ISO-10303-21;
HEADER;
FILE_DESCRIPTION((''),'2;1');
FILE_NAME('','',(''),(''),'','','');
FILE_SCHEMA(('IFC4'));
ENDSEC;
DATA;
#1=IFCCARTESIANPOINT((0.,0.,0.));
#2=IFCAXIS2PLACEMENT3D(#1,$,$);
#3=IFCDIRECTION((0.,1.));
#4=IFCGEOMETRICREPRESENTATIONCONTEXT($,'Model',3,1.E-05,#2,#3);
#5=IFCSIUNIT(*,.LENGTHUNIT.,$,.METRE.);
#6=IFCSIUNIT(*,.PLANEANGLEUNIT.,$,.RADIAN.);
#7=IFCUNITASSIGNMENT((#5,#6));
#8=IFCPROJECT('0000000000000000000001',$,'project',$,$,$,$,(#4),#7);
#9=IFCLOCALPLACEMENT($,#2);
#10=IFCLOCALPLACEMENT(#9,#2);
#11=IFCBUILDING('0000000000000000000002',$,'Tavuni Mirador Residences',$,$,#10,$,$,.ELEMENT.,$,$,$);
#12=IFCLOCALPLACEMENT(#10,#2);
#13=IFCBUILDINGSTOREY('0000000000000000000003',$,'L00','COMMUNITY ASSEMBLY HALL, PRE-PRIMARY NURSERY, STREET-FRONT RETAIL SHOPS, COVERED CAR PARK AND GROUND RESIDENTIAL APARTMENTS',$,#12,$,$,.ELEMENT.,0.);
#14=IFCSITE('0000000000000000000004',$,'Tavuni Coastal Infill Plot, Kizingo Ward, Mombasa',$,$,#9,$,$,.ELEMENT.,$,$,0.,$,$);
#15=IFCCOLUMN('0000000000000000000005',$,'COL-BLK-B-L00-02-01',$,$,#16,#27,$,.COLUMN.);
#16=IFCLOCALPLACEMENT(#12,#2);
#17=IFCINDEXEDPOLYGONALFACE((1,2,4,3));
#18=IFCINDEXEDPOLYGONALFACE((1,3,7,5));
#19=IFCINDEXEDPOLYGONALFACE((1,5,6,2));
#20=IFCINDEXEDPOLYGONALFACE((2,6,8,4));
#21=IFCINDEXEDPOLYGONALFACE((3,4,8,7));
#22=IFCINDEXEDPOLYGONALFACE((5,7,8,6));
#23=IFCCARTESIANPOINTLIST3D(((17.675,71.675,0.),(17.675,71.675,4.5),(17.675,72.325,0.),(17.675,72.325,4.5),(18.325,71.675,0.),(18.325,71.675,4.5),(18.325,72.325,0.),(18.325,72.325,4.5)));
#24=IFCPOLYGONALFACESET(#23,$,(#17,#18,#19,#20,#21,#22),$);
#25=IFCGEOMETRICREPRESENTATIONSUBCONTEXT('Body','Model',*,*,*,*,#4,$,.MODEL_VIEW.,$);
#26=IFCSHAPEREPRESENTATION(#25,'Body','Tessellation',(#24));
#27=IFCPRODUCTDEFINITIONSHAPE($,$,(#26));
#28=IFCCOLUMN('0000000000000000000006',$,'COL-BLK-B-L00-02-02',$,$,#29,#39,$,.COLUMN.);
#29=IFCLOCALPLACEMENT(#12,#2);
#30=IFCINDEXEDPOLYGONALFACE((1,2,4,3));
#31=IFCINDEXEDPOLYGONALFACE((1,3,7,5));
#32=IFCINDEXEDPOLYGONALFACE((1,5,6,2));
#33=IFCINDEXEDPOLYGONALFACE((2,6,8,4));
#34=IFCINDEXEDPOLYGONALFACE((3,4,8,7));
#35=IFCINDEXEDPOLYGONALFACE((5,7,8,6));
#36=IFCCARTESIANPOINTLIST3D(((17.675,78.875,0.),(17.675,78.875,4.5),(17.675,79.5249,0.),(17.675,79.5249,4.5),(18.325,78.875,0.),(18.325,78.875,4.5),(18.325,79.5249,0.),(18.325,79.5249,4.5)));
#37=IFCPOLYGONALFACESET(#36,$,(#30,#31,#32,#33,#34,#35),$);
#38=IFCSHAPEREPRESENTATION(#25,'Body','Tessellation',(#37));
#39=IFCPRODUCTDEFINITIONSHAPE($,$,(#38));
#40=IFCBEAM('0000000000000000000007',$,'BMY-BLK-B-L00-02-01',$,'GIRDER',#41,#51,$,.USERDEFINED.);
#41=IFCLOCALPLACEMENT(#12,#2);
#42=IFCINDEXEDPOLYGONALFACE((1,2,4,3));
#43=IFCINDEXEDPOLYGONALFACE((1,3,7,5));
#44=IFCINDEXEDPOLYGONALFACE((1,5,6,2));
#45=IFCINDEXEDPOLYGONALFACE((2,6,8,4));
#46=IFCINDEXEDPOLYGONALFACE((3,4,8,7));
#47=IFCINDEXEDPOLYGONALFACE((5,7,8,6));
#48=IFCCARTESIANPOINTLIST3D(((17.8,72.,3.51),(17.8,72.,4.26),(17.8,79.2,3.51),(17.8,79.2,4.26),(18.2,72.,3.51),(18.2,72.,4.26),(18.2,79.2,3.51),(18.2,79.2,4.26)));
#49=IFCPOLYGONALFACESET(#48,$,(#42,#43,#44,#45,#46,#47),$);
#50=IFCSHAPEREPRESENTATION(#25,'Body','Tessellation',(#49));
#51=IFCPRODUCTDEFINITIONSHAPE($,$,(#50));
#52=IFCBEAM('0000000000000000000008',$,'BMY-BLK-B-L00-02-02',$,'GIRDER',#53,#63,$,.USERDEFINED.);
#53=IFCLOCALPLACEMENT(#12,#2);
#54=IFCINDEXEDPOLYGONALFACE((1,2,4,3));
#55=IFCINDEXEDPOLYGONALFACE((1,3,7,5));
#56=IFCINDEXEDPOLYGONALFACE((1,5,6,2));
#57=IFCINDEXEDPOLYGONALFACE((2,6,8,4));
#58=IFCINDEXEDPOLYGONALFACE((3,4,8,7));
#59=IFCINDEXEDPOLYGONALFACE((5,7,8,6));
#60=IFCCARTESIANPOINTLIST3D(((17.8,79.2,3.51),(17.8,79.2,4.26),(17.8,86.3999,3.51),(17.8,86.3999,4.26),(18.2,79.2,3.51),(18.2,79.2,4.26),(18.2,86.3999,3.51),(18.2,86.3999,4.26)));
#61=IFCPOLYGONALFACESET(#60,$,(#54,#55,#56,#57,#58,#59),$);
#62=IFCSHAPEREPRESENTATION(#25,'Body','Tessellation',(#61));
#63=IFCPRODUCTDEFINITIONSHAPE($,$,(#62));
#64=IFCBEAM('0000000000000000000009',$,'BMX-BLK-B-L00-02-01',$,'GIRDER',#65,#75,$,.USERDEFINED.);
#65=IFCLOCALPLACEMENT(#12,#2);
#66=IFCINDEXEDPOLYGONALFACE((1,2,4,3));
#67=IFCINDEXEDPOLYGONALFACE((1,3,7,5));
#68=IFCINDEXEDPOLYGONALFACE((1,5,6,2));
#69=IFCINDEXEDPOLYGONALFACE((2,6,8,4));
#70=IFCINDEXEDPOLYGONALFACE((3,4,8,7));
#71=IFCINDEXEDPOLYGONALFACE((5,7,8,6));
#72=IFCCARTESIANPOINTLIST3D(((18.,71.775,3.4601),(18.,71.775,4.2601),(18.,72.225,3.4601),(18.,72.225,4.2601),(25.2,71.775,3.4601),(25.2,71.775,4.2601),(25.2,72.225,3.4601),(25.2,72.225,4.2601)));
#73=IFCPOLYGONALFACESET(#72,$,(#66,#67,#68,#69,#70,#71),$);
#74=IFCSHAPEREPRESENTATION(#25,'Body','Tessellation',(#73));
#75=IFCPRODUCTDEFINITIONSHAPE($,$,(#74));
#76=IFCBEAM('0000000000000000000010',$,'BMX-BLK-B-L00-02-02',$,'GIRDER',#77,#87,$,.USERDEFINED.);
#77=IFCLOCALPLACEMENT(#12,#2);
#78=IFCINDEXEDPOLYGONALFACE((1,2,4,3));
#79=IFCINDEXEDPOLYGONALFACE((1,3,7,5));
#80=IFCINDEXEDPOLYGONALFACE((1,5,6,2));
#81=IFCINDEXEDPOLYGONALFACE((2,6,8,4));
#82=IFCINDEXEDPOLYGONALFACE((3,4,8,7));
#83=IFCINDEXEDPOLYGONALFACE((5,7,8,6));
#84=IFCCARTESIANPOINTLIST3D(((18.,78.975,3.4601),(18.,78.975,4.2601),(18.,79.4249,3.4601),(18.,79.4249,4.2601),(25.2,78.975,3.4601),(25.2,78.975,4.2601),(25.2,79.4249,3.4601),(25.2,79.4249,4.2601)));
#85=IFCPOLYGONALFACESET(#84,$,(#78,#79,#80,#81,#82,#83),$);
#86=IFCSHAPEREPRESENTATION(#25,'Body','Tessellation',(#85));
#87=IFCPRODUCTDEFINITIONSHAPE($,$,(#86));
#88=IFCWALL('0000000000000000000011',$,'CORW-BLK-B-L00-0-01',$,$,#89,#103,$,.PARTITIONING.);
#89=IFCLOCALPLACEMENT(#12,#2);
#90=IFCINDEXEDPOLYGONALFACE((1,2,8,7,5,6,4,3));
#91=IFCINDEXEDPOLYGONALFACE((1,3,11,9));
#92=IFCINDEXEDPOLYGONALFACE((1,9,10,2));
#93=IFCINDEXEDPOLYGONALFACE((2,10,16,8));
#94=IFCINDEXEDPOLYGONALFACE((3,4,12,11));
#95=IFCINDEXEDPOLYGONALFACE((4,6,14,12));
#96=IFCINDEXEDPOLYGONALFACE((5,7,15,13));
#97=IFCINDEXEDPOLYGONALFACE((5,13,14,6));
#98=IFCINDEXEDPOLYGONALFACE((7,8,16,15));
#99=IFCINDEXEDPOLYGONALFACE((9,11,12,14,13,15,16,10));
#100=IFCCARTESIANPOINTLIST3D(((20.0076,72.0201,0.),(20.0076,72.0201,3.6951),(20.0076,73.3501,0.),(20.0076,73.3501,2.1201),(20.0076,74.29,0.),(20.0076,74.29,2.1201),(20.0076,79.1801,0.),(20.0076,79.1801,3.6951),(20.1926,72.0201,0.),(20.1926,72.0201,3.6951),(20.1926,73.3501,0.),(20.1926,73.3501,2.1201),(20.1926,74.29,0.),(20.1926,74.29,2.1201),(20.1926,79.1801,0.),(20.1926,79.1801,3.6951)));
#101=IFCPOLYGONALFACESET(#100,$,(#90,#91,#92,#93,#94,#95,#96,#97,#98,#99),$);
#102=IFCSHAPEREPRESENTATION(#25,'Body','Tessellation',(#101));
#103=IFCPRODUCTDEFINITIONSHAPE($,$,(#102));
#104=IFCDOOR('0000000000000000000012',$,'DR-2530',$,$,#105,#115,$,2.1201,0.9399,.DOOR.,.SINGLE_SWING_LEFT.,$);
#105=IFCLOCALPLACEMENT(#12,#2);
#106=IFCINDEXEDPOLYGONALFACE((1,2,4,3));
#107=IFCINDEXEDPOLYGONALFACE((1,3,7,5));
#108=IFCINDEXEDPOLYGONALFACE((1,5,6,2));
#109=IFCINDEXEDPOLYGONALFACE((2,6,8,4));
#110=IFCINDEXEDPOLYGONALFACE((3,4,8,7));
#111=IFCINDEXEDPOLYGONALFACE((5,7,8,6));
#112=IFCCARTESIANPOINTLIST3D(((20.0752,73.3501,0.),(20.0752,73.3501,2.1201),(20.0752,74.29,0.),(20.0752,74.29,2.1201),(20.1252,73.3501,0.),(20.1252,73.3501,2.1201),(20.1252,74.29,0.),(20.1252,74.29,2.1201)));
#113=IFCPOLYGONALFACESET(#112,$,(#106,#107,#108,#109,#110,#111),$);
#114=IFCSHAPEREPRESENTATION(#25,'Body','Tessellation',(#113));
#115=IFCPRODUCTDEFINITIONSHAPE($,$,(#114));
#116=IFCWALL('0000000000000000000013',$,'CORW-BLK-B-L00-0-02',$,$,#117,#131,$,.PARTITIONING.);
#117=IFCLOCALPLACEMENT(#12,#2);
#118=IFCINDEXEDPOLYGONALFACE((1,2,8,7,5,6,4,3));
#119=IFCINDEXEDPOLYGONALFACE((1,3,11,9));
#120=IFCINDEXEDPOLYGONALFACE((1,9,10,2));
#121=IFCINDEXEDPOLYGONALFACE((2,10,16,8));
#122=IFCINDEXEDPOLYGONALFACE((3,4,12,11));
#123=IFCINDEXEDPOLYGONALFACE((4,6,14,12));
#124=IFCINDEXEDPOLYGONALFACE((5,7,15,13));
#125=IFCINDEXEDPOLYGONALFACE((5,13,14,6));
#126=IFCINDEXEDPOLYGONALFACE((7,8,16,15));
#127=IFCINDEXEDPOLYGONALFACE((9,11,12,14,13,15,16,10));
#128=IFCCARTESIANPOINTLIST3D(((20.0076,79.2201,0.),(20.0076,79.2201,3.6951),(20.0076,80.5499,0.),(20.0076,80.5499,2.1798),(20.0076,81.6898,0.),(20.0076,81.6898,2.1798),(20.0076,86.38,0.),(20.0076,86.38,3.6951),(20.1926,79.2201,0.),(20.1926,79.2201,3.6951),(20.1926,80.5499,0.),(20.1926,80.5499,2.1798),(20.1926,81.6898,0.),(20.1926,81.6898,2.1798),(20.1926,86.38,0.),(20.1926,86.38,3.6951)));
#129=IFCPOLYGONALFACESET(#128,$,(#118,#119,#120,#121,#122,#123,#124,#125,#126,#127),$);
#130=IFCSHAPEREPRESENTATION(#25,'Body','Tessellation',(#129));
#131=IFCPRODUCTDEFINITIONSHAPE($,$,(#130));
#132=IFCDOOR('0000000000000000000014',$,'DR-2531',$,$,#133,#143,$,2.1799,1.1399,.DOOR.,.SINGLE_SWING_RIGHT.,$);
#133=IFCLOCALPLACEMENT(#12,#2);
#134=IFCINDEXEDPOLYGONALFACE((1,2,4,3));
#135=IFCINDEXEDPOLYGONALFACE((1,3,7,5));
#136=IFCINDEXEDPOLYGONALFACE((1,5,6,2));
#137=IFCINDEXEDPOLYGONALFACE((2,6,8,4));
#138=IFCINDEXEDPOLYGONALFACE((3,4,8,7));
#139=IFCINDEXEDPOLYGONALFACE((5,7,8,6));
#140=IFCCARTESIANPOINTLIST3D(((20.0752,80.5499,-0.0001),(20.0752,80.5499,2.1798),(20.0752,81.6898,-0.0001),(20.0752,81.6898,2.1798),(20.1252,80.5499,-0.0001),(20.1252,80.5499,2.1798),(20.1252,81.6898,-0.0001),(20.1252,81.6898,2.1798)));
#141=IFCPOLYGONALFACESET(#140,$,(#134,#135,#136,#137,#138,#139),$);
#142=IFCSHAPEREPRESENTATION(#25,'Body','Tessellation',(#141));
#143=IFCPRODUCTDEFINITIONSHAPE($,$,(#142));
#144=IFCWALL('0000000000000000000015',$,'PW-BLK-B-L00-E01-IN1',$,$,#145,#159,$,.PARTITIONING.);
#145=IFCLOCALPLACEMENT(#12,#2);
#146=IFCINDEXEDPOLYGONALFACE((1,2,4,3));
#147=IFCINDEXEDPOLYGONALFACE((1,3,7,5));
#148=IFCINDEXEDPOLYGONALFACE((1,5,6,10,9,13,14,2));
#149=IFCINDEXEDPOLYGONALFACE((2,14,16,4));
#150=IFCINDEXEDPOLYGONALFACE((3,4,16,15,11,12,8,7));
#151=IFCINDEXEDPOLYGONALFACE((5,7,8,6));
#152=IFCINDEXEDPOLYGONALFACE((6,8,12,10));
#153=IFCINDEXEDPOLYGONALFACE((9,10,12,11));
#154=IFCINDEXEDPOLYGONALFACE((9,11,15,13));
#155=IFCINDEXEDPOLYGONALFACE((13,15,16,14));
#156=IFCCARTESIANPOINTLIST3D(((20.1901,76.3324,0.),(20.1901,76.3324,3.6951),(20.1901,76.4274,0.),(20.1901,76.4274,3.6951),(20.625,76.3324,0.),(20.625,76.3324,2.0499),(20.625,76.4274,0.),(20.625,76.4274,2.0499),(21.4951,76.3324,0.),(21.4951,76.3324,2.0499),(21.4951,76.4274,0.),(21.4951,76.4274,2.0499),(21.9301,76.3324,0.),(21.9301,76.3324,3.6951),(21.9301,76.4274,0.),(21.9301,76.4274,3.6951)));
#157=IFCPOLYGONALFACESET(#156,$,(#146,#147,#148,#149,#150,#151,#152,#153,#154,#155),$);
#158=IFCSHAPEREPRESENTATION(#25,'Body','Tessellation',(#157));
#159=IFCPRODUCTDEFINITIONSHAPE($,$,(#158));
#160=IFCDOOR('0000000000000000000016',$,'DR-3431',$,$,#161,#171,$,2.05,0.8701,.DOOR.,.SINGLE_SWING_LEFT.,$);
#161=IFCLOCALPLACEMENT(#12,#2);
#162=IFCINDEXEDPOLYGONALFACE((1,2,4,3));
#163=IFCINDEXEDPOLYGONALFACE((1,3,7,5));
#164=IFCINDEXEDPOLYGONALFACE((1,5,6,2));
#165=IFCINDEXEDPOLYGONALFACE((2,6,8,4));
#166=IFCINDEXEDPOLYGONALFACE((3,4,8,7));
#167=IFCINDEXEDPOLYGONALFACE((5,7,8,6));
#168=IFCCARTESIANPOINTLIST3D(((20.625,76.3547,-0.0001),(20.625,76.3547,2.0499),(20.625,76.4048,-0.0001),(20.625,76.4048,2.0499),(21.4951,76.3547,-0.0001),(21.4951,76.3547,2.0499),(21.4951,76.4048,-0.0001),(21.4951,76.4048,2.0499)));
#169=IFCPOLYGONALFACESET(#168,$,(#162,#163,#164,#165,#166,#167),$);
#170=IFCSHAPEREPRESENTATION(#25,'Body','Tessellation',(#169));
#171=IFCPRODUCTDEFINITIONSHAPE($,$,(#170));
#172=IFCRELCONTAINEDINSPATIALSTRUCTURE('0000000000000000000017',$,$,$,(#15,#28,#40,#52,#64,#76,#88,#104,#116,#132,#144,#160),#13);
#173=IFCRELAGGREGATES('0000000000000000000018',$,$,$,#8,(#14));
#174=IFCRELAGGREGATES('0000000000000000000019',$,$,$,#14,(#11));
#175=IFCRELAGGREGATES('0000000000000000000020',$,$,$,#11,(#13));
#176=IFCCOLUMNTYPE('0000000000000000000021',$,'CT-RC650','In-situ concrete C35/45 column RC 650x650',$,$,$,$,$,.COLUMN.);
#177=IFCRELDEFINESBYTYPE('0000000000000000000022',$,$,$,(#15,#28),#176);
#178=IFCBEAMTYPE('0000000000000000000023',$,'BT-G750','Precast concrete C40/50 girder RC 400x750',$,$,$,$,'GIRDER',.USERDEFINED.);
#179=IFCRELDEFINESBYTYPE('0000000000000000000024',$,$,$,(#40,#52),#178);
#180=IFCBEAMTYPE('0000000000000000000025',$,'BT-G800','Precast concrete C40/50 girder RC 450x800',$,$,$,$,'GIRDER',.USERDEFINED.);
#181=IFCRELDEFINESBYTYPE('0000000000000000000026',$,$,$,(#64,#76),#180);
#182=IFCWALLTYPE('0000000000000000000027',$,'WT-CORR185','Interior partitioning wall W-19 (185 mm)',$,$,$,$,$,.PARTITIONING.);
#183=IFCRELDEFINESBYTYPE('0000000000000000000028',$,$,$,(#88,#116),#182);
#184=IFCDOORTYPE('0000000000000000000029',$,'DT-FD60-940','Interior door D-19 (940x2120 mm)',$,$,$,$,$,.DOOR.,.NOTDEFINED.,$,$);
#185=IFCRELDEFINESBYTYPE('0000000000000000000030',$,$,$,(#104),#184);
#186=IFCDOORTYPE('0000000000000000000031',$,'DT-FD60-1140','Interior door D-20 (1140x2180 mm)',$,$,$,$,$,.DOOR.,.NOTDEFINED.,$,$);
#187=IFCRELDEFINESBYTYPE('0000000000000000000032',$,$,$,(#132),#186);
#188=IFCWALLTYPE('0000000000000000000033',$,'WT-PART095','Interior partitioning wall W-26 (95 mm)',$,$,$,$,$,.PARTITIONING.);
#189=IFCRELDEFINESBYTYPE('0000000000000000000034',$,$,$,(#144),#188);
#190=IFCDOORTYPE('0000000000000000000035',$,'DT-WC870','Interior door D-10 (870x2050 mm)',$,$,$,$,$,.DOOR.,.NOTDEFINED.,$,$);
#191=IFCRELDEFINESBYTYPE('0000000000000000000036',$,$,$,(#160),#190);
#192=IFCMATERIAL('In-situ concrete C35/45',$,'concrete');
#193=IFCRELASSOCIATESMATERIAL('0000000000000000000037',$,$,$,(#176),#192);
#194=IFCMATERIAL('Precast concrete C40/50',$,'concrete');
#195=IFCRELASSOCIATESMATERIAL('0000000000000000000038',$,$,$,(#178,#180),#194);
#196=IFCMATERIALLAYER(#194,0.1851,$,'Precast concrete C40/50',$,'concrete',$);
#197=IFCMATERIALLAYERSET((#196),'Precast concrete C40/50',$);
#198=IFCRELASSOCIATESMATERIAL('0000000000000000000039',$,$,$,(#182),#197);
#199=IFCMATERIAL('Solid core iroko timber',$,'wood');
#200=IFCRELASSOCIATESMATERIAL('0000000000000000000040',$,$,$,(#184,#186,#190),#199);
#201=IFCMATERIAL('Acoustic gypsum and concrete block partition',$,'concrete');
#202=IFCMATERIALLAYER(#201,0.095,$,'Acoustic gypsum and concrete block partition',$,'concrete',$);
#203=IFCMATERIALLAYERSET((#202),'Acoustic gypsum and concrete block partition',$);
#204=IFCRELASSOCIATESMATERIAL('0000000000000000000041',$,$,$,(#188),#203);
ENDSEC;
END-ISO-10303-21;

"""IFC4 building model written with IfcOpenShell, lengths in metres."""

from ifc_helpers import new_model, si_unit, direction, frame, frame_2d, origin, origin_2d, place, context, subcontext, project, spatial, rectangle, extrude, material, layer, layer_set, material_profile, profile_set, type_object, element, fill, save


model = new_model("IFC4")

# Units and contexts
model_context = context("Model", 3, precision=1e-05, world=origin(), true_north=direction((0.0, 1.0)))
body_context = subcontext(model_context, "Body", "Model", "MODEL_VIEW")
ifc_project = project(units=[si_unit("LENGTHUNIT", "METRE"), si_unit("PLANEANGLEUNIT", "RADIAN")], contexts=[model_context])

# Site, building, storey
site_placement = place(None, origin())
site = spatial("IfcSite", under=ifc_project, at=site_placement, Name="Tavuni Coastal Infill Plot, Kizingo Ward, Mombasa", CompositionType="ELEMENT", RefElevation=0.0)
building_placement = place(site_placement, origin())
building = spatial("IfcBuilding", under=site, at=building_placement, Name="Tavuni Mirador Residences", CompositionType="ELEMENT")
storey_placement = place(building_placement, origin())
storey = spatial("IfcBuildingStorey", under=building, at=storey_placement, Name="L00", Description="COMMUNITY ASSEMBLY HALL, PRE-PRIMARY NURSERY, STREET-FRONT RETAIL SHOPS, COVERED CAR PARK AND GROUND RESIDENTIAL APARTMENTS", CompositionType="ELEMENT", Elevation=0.0)

# Columns
ifc_material_1 = material(Name="In-situ concrete C35/45", Category="concrete")
ifc_material_profile_1 = material_profile(ifc_material_1, rectangle(XDim=0.6499, YDim=0.6499, at=origin_2d()), Name="RC 650x650", Category="concrete")
ifc_profile_set_1 = profile_set([ifc_material_profile_1], Name="In-situ concrete C35/45")
column_type = type_object("IfcColumnType", Name="CT-RC650", Description="In-situ concrete C35/45 column RC 650x650", PredefinedType="COLUMN", material=ifc_profile_set_1)
for number, where, z_axis, x_axis, name in (
    (1, (18.0, 72.0, 0.0), (0.0, 0.0, 1.0), (1.0, 0.0, 0.0), "COL-BLK-B-L00-02-01"),
    (2, (18.0, 79.2, 0.0), (0.0, 0.0, 1.0), (1.0, 0.0, 0.0), "COL-BLK-B-L00-02-02"),
):
    element("IfcColumn", number, at=place(storey_placement, frame(where, z_axis=z_axis, x_axis=x_axis)), inside=storey, type_object=column_type, Name=name, PredefinedType="COLUMN", context=body_context, shape_type="SweptSolid", body=[
        extrude(rectangle(XDim=0.6499, YDim=0.6499, at=origin_2d()), origin(), (0.0, 0.0, 1.0), 4.5),
    ])

# Beams
ifc_material_2 = material(Name="Precast concrete C40/50", Category="concrete")
ifc_material_profile_2 = material_profile(ifc_material_2, rectangle(XDim=0.3999, YDim=0.75, at=origin_2d()), Name="RC 400x750", Category="concrete")
ifc_profile_set_2 = profile_set([ifc_material_profile_2], Name="Precast concrete C40/50")
beam_type_1 = type_object("IfcBeamType", Name="BT-G750", Description="Precast concrete C40/50 girder RC 400x750", ElementType="GIRDER", PredefinedType="USERDEFINED", material=ifc_profile_set_2)
for number, where, z_axis, x_axis, name in (
    (3, (18.0, 72.0, 3.885), (0.0, 1.0, 0.0), (-1.0, 0.0, 0.0), "BMY-BLK-B-L00-02-01"),
    (4, (18.0, 79.2, 3.885), (0.0, 1.0, 0.0), (-1.0, 0.0, 0.0), "BMY-BLK-B-L00-02-02"),
):
    element("IfcBeam", number, at=place(storey_placement, frame(where, z_axis=z_axis, x_axis=x_axis)), inside=storey, type_object=beam_type_1, Name=name, ObjectType="GIRDER", PredefinedType="USERDEFINED", context=body_context, shape_type="SweptSolid", body=[
        extrude(rectangle(XDim=0.3999, YDim=0.75, at=origin_2d()), origin(), (0.0, 0.0, 1.0), 7.2),
    ])
ifc_material_profile_3 = material_profile(ifc_material_2, rectangle(XDim=0.45, YDim=0.8, at=origin_2d()), Name="RC 450x800", Category="concrete")
ifc_profile_set_3 = profile_set([ifc_material_profile_3], Name="Precast concrete C40/50")
beam_type_2 = type_object("IfcBeamType", Name="BT-G800", Description="Precast concrete C40/50 girder RC 450x800", ElementType="GIRDER", PredefinedType="USERDEFINED", material=ifc_profile_set_3)
for number, where, z_axis, x_axis, name in (
    (5, (18.0, 72.0, 3.8601), (1.0, 0.0, 0.0), (0.0, 1.0, 0.0), "BMX-BLK-B-L00-02-01"),
    (6, (18.0, 79.2, 3.8601), (1.0, 0.0, 0.0), (0.0, 1.0, 0.0), "BMX-BLK-B-L00-02-02"),
):
    element("IfcBeam", number, at=place(storey_placement, frame(where, z_axis=z_axis, x_axis=x_axis)), inside=storey, type_object=beam_type_2, Name=name, ObjectType="GIRDER", PredefinedType="USERDEFINED", context=body_context, shape_type="SweptSolid", body=[
        extrude(rectangle(XDim=0.45, YDim=0.8, at=origin_2d()), origin(), (0.0, 0.0, 1.0), 7.2),
    ])

# Walls, openings, doors
ifc_material_3 = material(Name="Solid core iroko timber", Category="wood")
ifc_layer_1 = layer(ifc_material_2, 0.1851, Name="Precast concrete C40/50", Category="concrete")
ifc_layer_set_1 = layer_set([ifc_layer_1], Name="Precast concrete C40/50")
wall_type_1 = type_object("IfcWallType", Name="WT-CORR185", Description="Interior partitioning wall W-19 (185 mm)", PredefinedType="PARTITIONING", material=ifc_layer_set_1)
wall_1_placement = place(storey_placement, frame((20.1001, 72.02, 0.0), z_axis=(0.0, 0.0, 1.0), x_axis=(0.0, 1.0, 0.0)))
wall_1 = element("IfcWall", 7, at=wall_1_placement, inside=storey, type_object=wall_type_1, Name="CORW-BLK-B-L00-0-01", PredefinedType="PARTITIONING", context=body_context, shape_type="SweptSolid", body=[
    extrude(rectangle(XDim=7.1599, YDim=0.1851, at=frame_2d((3.5801, 0.0))), origin(), (0.0, 0.0, 1.0), 3.6951),
])
opening_1_placement = place(wall_1_placement, frame((1.3301, 0.0, 0.0)))
opening_1 = element("IfcOpeningElement", 8, at=opening_1_placement, cuts=wall_1, PredefinedType="OPENING", context=body_context, shape_type="SweptSolid", body=[
    extrude(rectangle(XDim=0.9399, YDim=2.1201, at=frame_2d((0.47, 1.0601))), frame((0.0, 0.1025, 0.0), z_axis=(0.0, -1.0, 0.0), x_axis=(1.0, 0.0, 0.0)), (0.0, 0.0, 1.0), 0.2051),
])
door_type_1 = type_object("IfcDoorType", Name="DT-FD60-940", Description="Interior door D-19 (940x2120 mm)", OperationType="NOTDEFINED", PredefinedType="DOOR", material=ifc_material_3)
door_1_placement = place(opening_1_placement, origin())
door_1 = element("IfcDoor", 9, at=door_1_placement, inside=storey, type_object=door_type_1, Name="DR-2530", OperationType="SINGLE_SWING_LEFT", OverallHeight=2.1201, OverallWidth=0.9399, PredefinedType="DOOR", context=body_context, shape_type="SweptSolid", body=[
    extrude(rectangle(XDim=0.9399, YDim=2.1201, at=frame_2d((0.47, 1.0601))), frame((0.0, 0.0249, 0.0), z_axis=(0.0, -1.0, 0.0), x_axis=(1.0, 0.0, 0.0)), (0.0, 0.0, 1.0), 0.05),
])
fill(opening_1, door_1)
wall_2_placement = place(storey_placement, frame((20.1001, 79.22, 0.0), z_axis=(0.0, 0.0, 1.0), x_axis=(0.0, 1.0, 0.0)))
wall_2 = element("IfcWall", 10, at=wall_2_placement, inside=storey, type_object=wall_type_1, Name="CORW-BLK-B-L00-0-02", PredefinedType="PARTITIONING", context=body_context, shape_type="SweptSolid", body=[
    extrude(rectangle(XDim=7.1599, YDim=0.1851, at=frame_2d((3.5801, 0.0))), origin(), (0.0, 0.0, 1.0), 3.6951),
])
opening_2_placement = place(wall_2_placement, frame((1.3301, 0.0, 0.0)))
opening_2 = element("IfcOpeningElement", 11, at=opening_2_placement, cuts=wall_2, PredefinedType="OPENING", context=body_context, shape_type="SweptSolid", body=[
    extrude(rectangle(XDim=1.1399, YDim=2.1799, at=frame_2d((0.5698, 1.0898))), frame((0.0, 0.1025, 0.0), z_axis=(0.0, -1.0, 0.0), x_axis=(1.0, 0.0, 0.0)), (0.0, 0.0, 1.0), 0.2051),
])
door_type_2 = type_object("IfcDoorType", Name="DT-FD60-1140", Description="Interior door D-20 (1140x2180 mm)", OperationType="NOTDEFINED", PredefinedType="DOOR", material=ifc_material_3)
door_2_placement = place(opening_2_placement, origin())
door_2 = element("IfcDoor", 12, at=door_2_placement, inside=storey, type_object=door_type_2, Name="DR-2531", OperationType="SINGLE_SWING_RIGHT", OverallHeight=2.1799, OverallWidth=1.1399, PredefinedType="DOOR", context=body_context, shape_type="SweptSolid", body=[
    extrude(rectangle(XDim=1.1399, YDim=2.1799, at=frame_2d((0.5698, 1.0898))), frame((0.0, 0.0249, 0.0), z_axis=(0.0, -1.0, 0.0), x_axis=(1.0, 0.0, 0.0)), (0.0, 0.0, 1.0), 0.05),
])
fill(opening_2, door_2)
ifc_material_4 = material(Name="Acoustic gypsum and concrete block partition", Category="concrete")
ifc_layer_2 = layer(ifc_material_4, 0.095, Name="Acoustic gypsum and concrete block partition", Category="concrete")
ifc_layer_set_2 = layer_set([ifc_layer_2], Name="Acoustic gypsum and concrete block partition")
wall_type_2 = type_object("IfcWallType", Name="WT-PART095", Description="Interior partitioning wall W-26 (95 mm)", PredefinedType="PARTITIONING", material=ifc_layer_set_2)
wall_3_placement = place(storey_placement, frame((20.1899, 76.3799, 0.0), z_axis=(0.0, 0.0, 1.0), x_axis=(1.0, 0.0, 0.0)))
wall_3 = element("IfcWall", 13, at=wall_3_placement, inside=storey, type_object=wall_type_2, Name="PW-BLK-B-L00-E01-IN1", PredefinedType="PARTITIONING", context=body_context, shape_type="SweptSolid", body=[
    extrude(rectangle(XDim=1.74, YDim=0.095, at=frame_2d((0.8701, 0.0))), origin(), (0.0, 0.0, 1.0), 3.6951),
])
opening_3_placement = place(wall_3_placement, frame((0.4351, 0.0, 0.0)))
opening_3 = element("IfcOpeningElement", 14, at=opening_3_placement, cuts=wall_3, PredefinedType="OPENING", context=body_context, shape_type="SweptSolid", body=[
    extrude(rectangle(XDim=0.8701, YDim=2.05, at=frame_2d((0.4351, 1.0249))), frame((0.0, 0.0576, 0.0), z_axis=(0.0, -1.0, 0.0), x_axis=(1.0, 0.0, 0.0)), (0.0, 0.0, 1.0), 0.115),
])
door_type_3 = type_object("IfcDoorType", Name="DT-WC870", Description="Interior door D-10 (870x2050 mm)", OperationType="NOTDEFINED", PredefinedType="DOOR", material=ifc_material_3)
door_3_placement = place(opening_3_placement, origin())
door_3 = element("IfcDoor", 15, at=door_3_placement, inside=storey, type_object=door_type_3, Name="DR-3431", OperationType="SINGLE_SWING_LEFT", OverallHeight=2.05, OverallWidth=0.8701, PredefinedType="DOOR", context=body_context, shape_type="SweptSolid", body=[
    extrude(rectangle(XDim=0.8701, YDim=2.05, at=frame_2d((0.4351, 1.0249))), frame((0.0, 0.0249, 0.0), z_axis=(0.0, -1.0, 0.0), x_axis=(1.0, 0.0, 0.0)), (0.0, 0.0, 1.0), 0.05),
])
fill(opening_3, door_3)

save(model, "model.ifc")
